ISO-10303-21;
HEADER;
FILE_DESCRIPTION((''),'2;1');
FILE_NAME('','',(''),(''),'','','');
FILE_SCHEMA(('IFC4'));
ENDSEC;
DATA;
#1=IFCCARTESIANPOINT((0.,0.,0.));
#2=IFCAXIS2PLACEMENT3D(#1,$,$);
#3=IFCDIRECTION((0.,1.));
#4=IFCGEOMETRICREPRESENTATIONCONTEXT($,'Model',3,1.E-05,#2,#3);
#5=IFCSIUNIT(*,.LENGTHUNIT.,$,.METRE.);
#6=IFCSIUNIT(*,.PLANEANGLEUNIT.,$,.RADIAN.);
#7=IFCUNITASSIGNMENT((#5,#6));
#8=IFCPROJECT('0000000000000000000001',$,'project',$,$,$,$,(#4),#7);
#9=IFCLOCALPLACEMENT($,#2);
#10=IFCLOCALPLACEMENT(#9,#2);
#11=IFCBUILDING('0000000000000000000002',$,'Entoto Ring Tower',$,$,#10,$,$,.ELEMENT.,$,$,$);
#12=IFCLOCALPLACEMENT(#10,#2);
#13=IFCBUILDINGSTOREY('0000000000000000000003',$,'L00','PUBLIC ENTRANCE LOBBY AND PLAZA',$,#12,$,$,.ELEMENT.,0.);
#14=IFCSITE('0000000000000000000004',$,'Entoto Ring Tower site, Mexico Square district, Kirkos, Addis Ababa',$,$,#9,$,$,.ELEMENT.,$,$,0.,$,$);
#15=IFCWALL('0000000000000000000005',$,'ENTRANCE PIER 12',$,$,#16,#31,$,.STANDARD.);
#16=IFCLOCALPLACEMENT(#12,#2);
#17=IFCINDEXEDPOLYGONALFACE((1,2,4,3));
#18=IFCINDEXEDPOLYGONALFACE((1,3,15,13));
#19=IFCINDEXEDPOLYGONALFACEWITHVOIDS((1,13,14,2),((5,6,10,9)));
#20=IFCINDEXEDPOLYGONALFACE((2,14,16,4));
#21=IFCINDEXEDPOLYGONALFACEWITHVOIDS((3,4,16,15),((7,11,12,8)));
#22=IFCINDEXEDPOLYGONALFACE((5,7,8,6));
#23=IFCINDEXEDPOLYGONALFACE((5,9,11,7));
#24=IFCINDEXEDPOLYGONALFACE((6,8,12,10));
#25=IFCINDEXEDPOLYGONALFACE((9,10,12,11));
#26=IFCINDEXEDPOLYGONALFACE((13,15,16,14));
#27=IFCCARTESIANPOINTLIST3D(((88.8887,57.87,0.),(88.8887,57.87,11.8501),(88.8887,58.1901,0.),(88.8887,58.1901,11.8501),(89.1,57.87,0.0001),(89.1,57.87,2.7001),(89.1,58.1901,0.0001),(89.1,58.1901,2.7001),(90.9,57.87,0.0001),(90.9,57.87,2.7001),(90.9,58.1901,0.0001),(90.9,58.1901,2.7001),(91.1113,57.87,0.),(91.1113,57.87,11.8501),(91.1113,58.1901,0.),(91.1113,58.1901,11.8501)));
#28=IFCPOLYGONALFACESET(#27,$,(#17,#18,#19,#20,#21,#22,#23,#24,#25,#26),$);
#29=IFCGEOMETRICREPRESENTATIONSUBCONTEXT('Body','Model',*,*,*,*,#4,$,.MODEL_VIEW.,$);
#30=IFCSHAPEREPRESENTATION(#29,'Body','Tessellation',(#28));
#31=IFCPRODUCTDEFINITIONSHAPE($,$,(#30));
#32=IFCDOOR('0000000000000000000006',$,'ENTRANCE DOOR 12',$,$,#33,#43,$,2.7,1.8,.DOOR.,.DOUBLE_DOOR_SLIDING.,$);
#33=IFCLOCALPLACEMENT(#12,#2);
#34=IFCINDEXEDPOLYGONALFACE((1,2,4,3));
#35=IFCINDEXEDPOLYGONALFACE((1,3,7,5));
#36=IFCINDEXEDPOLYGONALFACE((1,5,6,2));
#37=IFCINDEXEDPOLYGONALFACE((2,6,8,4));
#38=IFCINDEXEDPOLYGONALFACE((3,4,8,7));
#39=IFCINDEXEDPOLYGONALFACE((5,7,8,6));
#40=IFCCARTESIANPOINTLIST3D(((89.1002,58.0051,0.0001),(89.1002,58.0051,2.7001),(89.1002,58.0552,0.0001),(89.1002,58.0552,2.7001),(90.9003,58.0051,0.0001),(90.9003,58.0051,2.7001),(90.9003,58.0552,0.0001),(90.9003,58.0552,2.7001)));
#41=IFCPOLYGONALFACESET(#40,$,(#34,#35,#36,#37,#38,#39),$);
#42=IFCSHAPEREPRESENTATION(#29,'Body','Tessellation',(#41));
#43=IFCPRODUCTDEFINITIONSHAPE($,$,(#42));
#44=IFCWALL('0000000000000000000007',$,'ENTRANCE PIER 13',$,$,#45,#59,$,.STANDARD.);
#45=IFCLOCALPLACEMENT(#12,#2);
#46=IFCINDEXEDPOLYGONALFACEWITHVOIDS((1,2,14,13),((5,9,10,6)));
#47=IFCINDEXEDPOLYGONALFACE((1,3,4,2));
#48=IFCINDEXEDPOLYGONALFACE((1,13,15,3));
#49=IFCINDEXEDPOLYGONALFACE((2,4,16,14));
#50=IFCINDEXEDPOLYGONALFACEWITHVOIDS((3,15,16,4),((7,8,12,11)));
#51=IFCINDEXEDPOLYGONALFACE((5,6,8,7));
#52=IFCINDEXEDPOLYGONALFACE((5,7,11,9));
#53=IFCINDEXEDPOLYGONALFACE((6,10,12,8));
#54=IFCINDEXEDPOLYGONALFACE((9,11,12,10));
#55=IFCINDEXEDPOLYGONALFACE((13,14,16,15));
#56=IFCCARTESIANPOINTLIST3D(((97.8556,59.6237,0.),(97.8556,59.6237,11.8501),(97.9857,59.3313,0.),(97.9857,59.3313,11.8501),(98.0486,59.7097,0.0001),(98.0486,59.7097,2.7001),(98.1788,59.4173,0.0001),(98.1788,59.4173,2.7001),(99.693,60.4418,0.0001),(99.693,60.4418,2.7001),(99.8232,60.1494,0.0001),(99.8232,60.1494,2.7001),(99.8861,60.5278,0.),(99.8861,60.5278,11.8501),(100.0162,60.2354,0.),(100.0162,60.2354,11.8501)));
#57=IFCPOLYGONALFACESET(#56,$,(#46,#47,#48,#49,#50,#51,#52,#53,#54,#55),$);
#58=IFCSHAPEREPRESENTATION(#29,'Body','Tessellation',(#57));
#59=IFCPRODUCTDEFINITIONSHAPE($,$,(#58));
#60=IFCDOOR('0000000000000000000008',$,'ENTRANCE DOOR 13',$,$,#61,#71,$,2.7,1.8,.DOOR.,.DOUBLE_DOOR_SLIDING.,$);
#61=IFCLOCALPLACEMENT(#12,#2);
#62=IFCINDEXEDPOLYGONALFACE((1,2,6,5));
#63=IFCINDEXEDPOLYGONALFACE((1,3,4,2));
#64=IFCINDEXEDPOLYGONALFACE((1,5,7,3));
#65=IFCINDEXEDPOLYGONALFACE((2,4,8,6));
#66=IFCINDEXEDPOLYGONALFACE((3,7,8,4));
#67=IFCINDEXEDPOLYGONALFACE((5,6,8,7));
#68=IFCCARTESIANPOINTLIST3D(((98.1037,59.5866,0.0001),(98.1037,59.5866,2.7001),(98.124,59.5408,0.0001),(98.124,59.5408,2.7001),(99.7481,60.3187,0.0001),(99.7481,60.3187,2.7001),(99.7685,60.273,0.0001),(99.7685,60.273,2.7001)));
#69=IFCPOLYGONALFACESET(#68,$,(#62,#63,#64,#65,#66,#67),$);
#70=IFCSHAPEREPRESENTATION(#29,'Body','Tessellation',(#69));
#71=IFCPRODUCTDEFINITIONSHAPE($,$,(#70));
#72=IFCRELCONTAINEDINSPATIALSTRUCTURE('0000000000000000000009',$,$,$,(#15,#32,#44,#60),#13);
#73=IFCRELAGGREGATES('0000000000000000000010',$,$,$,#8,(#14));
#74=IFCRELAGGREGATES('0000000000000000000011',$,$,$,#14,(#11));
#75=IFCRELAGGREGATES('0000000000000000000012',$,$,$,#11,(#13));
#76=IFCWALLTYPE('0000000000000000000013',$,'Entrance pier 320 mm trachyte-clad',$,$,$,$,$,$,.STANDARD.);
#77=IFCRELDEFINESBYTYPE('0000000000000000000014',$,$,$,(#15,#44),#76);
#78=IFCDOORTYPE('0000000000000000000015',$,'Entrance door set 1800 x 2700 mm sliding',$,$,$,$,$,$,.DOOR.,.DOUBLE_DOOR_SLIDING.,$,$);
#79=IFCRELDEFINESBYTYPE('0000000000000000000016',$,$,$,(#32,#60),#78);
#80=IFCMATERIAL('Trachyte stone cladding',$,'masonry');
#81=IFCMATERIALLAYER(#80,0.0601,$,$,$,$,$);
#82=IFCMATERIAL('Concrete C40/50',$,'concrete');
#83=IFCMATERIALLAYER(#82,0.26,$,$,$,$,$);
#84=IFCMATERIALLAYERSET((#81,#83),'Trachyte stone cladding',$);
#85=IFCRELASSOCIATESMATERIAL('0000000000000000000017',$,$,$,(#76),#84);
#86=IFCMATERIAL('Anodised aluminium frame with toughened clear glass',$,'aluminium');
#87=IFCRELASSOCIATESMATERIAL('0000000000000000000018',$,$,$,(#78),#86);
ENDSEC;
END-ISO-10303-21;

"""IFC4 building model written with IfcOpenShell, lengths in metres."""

from ifc_helpers import new_model, si_unit, direction, frame, frame_2d, origin, place, context, subcontext, project, spatial, rectangle, extrude, material, layer, layer_set, type_object, element, fill, save


model = new_model("IFC4")

# Units and contexts
model_context = context("Model", 3, precision=1e-05, world=origin(), true_north=direction((0.0, 1.0)))
body_context = subcontext(model_context, "Body", "Model", "MODEL_VIEW")
ifc_project = project(units=[si_unit("LENGTHUNIT", "METRE"), si_unit("PLANEANGLEUNIT", "RADIAN")], contexts=[model_context])

# Site, building, storey
site_placement = place(None, origin())
site = spatial("IfcSite", under=ifc_project, at=site_placement, Name="Entoto Ring Tower site, Mexico Square district, Kirkos, Addis Ababa", CompositionType="ELEMENT", RefElevation=0.0)
building_placement = place(site_placement, origin())
building = spatial("IfcBuilding", under=site, at=building_placement, Name="Entoto Ring Tower", CompositionType="ELEMENT")
storey_placement = place(building_placement, origin())
storey = spatial("IfcBuildingStorey", under=building, at=storey_placement, Name="L00", Description="PUBLIC ENTRANCE LOBBY AND PLAZA", CompositionType="ELEMENT", Elevation=0.0)

# Walls, openings, doors
ifc_material_1 = material(Name="Trachyte stone cladding", Category="masonry")
ifc_layer_1 = layer(ifc_material_1, 0.0601)
ifc_material_2 = material(Name="Concrete C40/50", Category="concrete")
ifc_layer_2 = layer(ifc_material_2, 0.26)
ifc_layer_set_1 = layer_set([ifc_layer_1, ifc_layer_2], Name="Trachyte stone cladding")
wall_type_1 = type_object("IfcWallType", Name="Entrance pier 320 mm trachyte-clad", PredefinedType="STANDARD", material=ifc_layer_set_1)
wall_1_placement = place(storey_placement, frame((88.8887, 58.03, 0.0), z_axis=(0.0, 0.0, 1.0), x_axis=(1.0, 0.0, 0.0)))
wall_1 = element("IfcWall", 1, at=wall_1_placement, inside=storey, type_object=wall_type_1, Name="ENTRANCE PIER 12", PredefinedType="STANDARD", context=body_context, shape_type="SweptSolid", body=[
    extrude(rectangle(XDim=2.2227, YDim=0.3201, at=frame_2d((1.1113, 0.0))), origin(), (0.0, 0.0, 1.0), 11.8501),
])
opening_1_placement = place(wall_1_placement, frame((0.2114, 0.0, 0.0)))
opening_1 = element("IfcOpeningElement", 2, at=opening_1_placement, cuts=wall_1, PredefinedType="OPENING", context=body_context, shape_type="SweptSolid", body=[
    extrude(rectangle(XDim=1.8, YDim=2.7, at=frame_2d((0.8999, 1.3501))), frame((0.0, 0.1699, 0.0), z_axis=(0.0, -1.0, 0.0), x_axis=(1.0, 0.0, 0.0)), (0.0, 0.0, 1.0), 0.3401),
])
ifc_material_3 = material(Name="Anodised aluminium frame with toughened clear glass", Category="aluminium")
door_type_1 = type_object("IfcDoorType", Name="Entrance door set 1800 x 2700 mm sliding", OperationType="DOUBLE_DOOR_SLIDING", PredefinedType="DOOR", material=ifc_material_3)
door_1_placement = place(opening_1_placement, frame((1.8, 0.0, 0.0), z_axis=(0.0, 0.0, 1.0), x_axis=(-1.0, 0.0, 0.0)))
door_1 = element("IfcDoor", 3, at=door_1_placement, inside=storey, type_object=door_type_1, Name="ENTRANCE DOOR 12", OperationType="DOUBLE_DOOR_SLIDING", OverallHeight=2.7, OverallWidth=1.8, PredefinedType="DOOR", context=body_context, shape_type="SweptSolid", body=[
    extrude(rectangle(XDim=1.8, YDim=2.7, at=frame_2d((0.8999, 1.3501))), frame((0.0, 0.0249, 0.0), z_axis=(0.0, -1.0, 0.0), x_axis=(1.0, 0.0, 0.0)), (0.0, 0.0, 1.0), 0.05),
])
fill(opening_1, door_1)
wall_2_placement = place(storey_placement, frame((97.9207, 59.4775, 0.0), z_axis=(0.0, 0.0, 1.0), x_axis=(0.913544, 0.40674, 0.0)))
wall_2 = element("IfcWall", 4, at=wall_2_placement, inside=storey, type_object=wall_type_1, Name="ENTRANCE PIER 13", PredefinedType="STANDARD", context=body_context, shape_type="SweptSolid", body=[
    extrude(rectangle(XDim=2.2227, YDim=0.3201, at=frame_2d((1.1113, 0.0))), origin(), (0.0, 0.0, 1.0), 11.8501),
])
opening_2_placement = place(wall_2_placement, frame((0.2114, 0.0, 0.0)))
opening_2 = element("IfcOpeningElement", 5, at=opening_2_placement, cuts=wall_2, PredefinedType="OPENING", context=body_context, shape_type="SweptSolid", body=[
    extrude(rectangle(XDim=1.8, YDim=2.7, at=frame_2d((0.8999, 1.3501))), frame((0.0, 0.1699, 0.0), z_axis=(0.0, -1.0, 0.0), x_axis=(1.0, 0.0, 0.0)), (0.0, 0.0, 1.0), 0.3401),
])
door_2_placement = place(opening_2_placement, frame((1.8, 0.0, 0.0), z_axis=(0.0, 0.0, 1.0), x_axis=(-1.0, 0.0, 0.0)))
door_2 = element("IfcDoor", 6, at=door_2_placement, inside=storey, type_object=door_type_1, Name="ENTRANCE DOOR 13", OperationType="DOUBLE_DOOR_SLIDING", OverallHeight=2.7, OverallWidth=1.8, PredefinedType="DOOR", context=body_context, shape_type="SweptSolid", body=[
    extrude(rectangle(XDim=1.8, YDim=2.7, at=frame_2d((0.8999, 1.3501))), frame((0.0, 0.0249, 0.0), z_axis=(0.0, -1.0, 0.0), x_axis=(1.0, 0.0, 0.0)), (0.0, 0.0, 1.0), 0.05),
])
fill(opening_2, door_2)

save(model, "model.ifc")
